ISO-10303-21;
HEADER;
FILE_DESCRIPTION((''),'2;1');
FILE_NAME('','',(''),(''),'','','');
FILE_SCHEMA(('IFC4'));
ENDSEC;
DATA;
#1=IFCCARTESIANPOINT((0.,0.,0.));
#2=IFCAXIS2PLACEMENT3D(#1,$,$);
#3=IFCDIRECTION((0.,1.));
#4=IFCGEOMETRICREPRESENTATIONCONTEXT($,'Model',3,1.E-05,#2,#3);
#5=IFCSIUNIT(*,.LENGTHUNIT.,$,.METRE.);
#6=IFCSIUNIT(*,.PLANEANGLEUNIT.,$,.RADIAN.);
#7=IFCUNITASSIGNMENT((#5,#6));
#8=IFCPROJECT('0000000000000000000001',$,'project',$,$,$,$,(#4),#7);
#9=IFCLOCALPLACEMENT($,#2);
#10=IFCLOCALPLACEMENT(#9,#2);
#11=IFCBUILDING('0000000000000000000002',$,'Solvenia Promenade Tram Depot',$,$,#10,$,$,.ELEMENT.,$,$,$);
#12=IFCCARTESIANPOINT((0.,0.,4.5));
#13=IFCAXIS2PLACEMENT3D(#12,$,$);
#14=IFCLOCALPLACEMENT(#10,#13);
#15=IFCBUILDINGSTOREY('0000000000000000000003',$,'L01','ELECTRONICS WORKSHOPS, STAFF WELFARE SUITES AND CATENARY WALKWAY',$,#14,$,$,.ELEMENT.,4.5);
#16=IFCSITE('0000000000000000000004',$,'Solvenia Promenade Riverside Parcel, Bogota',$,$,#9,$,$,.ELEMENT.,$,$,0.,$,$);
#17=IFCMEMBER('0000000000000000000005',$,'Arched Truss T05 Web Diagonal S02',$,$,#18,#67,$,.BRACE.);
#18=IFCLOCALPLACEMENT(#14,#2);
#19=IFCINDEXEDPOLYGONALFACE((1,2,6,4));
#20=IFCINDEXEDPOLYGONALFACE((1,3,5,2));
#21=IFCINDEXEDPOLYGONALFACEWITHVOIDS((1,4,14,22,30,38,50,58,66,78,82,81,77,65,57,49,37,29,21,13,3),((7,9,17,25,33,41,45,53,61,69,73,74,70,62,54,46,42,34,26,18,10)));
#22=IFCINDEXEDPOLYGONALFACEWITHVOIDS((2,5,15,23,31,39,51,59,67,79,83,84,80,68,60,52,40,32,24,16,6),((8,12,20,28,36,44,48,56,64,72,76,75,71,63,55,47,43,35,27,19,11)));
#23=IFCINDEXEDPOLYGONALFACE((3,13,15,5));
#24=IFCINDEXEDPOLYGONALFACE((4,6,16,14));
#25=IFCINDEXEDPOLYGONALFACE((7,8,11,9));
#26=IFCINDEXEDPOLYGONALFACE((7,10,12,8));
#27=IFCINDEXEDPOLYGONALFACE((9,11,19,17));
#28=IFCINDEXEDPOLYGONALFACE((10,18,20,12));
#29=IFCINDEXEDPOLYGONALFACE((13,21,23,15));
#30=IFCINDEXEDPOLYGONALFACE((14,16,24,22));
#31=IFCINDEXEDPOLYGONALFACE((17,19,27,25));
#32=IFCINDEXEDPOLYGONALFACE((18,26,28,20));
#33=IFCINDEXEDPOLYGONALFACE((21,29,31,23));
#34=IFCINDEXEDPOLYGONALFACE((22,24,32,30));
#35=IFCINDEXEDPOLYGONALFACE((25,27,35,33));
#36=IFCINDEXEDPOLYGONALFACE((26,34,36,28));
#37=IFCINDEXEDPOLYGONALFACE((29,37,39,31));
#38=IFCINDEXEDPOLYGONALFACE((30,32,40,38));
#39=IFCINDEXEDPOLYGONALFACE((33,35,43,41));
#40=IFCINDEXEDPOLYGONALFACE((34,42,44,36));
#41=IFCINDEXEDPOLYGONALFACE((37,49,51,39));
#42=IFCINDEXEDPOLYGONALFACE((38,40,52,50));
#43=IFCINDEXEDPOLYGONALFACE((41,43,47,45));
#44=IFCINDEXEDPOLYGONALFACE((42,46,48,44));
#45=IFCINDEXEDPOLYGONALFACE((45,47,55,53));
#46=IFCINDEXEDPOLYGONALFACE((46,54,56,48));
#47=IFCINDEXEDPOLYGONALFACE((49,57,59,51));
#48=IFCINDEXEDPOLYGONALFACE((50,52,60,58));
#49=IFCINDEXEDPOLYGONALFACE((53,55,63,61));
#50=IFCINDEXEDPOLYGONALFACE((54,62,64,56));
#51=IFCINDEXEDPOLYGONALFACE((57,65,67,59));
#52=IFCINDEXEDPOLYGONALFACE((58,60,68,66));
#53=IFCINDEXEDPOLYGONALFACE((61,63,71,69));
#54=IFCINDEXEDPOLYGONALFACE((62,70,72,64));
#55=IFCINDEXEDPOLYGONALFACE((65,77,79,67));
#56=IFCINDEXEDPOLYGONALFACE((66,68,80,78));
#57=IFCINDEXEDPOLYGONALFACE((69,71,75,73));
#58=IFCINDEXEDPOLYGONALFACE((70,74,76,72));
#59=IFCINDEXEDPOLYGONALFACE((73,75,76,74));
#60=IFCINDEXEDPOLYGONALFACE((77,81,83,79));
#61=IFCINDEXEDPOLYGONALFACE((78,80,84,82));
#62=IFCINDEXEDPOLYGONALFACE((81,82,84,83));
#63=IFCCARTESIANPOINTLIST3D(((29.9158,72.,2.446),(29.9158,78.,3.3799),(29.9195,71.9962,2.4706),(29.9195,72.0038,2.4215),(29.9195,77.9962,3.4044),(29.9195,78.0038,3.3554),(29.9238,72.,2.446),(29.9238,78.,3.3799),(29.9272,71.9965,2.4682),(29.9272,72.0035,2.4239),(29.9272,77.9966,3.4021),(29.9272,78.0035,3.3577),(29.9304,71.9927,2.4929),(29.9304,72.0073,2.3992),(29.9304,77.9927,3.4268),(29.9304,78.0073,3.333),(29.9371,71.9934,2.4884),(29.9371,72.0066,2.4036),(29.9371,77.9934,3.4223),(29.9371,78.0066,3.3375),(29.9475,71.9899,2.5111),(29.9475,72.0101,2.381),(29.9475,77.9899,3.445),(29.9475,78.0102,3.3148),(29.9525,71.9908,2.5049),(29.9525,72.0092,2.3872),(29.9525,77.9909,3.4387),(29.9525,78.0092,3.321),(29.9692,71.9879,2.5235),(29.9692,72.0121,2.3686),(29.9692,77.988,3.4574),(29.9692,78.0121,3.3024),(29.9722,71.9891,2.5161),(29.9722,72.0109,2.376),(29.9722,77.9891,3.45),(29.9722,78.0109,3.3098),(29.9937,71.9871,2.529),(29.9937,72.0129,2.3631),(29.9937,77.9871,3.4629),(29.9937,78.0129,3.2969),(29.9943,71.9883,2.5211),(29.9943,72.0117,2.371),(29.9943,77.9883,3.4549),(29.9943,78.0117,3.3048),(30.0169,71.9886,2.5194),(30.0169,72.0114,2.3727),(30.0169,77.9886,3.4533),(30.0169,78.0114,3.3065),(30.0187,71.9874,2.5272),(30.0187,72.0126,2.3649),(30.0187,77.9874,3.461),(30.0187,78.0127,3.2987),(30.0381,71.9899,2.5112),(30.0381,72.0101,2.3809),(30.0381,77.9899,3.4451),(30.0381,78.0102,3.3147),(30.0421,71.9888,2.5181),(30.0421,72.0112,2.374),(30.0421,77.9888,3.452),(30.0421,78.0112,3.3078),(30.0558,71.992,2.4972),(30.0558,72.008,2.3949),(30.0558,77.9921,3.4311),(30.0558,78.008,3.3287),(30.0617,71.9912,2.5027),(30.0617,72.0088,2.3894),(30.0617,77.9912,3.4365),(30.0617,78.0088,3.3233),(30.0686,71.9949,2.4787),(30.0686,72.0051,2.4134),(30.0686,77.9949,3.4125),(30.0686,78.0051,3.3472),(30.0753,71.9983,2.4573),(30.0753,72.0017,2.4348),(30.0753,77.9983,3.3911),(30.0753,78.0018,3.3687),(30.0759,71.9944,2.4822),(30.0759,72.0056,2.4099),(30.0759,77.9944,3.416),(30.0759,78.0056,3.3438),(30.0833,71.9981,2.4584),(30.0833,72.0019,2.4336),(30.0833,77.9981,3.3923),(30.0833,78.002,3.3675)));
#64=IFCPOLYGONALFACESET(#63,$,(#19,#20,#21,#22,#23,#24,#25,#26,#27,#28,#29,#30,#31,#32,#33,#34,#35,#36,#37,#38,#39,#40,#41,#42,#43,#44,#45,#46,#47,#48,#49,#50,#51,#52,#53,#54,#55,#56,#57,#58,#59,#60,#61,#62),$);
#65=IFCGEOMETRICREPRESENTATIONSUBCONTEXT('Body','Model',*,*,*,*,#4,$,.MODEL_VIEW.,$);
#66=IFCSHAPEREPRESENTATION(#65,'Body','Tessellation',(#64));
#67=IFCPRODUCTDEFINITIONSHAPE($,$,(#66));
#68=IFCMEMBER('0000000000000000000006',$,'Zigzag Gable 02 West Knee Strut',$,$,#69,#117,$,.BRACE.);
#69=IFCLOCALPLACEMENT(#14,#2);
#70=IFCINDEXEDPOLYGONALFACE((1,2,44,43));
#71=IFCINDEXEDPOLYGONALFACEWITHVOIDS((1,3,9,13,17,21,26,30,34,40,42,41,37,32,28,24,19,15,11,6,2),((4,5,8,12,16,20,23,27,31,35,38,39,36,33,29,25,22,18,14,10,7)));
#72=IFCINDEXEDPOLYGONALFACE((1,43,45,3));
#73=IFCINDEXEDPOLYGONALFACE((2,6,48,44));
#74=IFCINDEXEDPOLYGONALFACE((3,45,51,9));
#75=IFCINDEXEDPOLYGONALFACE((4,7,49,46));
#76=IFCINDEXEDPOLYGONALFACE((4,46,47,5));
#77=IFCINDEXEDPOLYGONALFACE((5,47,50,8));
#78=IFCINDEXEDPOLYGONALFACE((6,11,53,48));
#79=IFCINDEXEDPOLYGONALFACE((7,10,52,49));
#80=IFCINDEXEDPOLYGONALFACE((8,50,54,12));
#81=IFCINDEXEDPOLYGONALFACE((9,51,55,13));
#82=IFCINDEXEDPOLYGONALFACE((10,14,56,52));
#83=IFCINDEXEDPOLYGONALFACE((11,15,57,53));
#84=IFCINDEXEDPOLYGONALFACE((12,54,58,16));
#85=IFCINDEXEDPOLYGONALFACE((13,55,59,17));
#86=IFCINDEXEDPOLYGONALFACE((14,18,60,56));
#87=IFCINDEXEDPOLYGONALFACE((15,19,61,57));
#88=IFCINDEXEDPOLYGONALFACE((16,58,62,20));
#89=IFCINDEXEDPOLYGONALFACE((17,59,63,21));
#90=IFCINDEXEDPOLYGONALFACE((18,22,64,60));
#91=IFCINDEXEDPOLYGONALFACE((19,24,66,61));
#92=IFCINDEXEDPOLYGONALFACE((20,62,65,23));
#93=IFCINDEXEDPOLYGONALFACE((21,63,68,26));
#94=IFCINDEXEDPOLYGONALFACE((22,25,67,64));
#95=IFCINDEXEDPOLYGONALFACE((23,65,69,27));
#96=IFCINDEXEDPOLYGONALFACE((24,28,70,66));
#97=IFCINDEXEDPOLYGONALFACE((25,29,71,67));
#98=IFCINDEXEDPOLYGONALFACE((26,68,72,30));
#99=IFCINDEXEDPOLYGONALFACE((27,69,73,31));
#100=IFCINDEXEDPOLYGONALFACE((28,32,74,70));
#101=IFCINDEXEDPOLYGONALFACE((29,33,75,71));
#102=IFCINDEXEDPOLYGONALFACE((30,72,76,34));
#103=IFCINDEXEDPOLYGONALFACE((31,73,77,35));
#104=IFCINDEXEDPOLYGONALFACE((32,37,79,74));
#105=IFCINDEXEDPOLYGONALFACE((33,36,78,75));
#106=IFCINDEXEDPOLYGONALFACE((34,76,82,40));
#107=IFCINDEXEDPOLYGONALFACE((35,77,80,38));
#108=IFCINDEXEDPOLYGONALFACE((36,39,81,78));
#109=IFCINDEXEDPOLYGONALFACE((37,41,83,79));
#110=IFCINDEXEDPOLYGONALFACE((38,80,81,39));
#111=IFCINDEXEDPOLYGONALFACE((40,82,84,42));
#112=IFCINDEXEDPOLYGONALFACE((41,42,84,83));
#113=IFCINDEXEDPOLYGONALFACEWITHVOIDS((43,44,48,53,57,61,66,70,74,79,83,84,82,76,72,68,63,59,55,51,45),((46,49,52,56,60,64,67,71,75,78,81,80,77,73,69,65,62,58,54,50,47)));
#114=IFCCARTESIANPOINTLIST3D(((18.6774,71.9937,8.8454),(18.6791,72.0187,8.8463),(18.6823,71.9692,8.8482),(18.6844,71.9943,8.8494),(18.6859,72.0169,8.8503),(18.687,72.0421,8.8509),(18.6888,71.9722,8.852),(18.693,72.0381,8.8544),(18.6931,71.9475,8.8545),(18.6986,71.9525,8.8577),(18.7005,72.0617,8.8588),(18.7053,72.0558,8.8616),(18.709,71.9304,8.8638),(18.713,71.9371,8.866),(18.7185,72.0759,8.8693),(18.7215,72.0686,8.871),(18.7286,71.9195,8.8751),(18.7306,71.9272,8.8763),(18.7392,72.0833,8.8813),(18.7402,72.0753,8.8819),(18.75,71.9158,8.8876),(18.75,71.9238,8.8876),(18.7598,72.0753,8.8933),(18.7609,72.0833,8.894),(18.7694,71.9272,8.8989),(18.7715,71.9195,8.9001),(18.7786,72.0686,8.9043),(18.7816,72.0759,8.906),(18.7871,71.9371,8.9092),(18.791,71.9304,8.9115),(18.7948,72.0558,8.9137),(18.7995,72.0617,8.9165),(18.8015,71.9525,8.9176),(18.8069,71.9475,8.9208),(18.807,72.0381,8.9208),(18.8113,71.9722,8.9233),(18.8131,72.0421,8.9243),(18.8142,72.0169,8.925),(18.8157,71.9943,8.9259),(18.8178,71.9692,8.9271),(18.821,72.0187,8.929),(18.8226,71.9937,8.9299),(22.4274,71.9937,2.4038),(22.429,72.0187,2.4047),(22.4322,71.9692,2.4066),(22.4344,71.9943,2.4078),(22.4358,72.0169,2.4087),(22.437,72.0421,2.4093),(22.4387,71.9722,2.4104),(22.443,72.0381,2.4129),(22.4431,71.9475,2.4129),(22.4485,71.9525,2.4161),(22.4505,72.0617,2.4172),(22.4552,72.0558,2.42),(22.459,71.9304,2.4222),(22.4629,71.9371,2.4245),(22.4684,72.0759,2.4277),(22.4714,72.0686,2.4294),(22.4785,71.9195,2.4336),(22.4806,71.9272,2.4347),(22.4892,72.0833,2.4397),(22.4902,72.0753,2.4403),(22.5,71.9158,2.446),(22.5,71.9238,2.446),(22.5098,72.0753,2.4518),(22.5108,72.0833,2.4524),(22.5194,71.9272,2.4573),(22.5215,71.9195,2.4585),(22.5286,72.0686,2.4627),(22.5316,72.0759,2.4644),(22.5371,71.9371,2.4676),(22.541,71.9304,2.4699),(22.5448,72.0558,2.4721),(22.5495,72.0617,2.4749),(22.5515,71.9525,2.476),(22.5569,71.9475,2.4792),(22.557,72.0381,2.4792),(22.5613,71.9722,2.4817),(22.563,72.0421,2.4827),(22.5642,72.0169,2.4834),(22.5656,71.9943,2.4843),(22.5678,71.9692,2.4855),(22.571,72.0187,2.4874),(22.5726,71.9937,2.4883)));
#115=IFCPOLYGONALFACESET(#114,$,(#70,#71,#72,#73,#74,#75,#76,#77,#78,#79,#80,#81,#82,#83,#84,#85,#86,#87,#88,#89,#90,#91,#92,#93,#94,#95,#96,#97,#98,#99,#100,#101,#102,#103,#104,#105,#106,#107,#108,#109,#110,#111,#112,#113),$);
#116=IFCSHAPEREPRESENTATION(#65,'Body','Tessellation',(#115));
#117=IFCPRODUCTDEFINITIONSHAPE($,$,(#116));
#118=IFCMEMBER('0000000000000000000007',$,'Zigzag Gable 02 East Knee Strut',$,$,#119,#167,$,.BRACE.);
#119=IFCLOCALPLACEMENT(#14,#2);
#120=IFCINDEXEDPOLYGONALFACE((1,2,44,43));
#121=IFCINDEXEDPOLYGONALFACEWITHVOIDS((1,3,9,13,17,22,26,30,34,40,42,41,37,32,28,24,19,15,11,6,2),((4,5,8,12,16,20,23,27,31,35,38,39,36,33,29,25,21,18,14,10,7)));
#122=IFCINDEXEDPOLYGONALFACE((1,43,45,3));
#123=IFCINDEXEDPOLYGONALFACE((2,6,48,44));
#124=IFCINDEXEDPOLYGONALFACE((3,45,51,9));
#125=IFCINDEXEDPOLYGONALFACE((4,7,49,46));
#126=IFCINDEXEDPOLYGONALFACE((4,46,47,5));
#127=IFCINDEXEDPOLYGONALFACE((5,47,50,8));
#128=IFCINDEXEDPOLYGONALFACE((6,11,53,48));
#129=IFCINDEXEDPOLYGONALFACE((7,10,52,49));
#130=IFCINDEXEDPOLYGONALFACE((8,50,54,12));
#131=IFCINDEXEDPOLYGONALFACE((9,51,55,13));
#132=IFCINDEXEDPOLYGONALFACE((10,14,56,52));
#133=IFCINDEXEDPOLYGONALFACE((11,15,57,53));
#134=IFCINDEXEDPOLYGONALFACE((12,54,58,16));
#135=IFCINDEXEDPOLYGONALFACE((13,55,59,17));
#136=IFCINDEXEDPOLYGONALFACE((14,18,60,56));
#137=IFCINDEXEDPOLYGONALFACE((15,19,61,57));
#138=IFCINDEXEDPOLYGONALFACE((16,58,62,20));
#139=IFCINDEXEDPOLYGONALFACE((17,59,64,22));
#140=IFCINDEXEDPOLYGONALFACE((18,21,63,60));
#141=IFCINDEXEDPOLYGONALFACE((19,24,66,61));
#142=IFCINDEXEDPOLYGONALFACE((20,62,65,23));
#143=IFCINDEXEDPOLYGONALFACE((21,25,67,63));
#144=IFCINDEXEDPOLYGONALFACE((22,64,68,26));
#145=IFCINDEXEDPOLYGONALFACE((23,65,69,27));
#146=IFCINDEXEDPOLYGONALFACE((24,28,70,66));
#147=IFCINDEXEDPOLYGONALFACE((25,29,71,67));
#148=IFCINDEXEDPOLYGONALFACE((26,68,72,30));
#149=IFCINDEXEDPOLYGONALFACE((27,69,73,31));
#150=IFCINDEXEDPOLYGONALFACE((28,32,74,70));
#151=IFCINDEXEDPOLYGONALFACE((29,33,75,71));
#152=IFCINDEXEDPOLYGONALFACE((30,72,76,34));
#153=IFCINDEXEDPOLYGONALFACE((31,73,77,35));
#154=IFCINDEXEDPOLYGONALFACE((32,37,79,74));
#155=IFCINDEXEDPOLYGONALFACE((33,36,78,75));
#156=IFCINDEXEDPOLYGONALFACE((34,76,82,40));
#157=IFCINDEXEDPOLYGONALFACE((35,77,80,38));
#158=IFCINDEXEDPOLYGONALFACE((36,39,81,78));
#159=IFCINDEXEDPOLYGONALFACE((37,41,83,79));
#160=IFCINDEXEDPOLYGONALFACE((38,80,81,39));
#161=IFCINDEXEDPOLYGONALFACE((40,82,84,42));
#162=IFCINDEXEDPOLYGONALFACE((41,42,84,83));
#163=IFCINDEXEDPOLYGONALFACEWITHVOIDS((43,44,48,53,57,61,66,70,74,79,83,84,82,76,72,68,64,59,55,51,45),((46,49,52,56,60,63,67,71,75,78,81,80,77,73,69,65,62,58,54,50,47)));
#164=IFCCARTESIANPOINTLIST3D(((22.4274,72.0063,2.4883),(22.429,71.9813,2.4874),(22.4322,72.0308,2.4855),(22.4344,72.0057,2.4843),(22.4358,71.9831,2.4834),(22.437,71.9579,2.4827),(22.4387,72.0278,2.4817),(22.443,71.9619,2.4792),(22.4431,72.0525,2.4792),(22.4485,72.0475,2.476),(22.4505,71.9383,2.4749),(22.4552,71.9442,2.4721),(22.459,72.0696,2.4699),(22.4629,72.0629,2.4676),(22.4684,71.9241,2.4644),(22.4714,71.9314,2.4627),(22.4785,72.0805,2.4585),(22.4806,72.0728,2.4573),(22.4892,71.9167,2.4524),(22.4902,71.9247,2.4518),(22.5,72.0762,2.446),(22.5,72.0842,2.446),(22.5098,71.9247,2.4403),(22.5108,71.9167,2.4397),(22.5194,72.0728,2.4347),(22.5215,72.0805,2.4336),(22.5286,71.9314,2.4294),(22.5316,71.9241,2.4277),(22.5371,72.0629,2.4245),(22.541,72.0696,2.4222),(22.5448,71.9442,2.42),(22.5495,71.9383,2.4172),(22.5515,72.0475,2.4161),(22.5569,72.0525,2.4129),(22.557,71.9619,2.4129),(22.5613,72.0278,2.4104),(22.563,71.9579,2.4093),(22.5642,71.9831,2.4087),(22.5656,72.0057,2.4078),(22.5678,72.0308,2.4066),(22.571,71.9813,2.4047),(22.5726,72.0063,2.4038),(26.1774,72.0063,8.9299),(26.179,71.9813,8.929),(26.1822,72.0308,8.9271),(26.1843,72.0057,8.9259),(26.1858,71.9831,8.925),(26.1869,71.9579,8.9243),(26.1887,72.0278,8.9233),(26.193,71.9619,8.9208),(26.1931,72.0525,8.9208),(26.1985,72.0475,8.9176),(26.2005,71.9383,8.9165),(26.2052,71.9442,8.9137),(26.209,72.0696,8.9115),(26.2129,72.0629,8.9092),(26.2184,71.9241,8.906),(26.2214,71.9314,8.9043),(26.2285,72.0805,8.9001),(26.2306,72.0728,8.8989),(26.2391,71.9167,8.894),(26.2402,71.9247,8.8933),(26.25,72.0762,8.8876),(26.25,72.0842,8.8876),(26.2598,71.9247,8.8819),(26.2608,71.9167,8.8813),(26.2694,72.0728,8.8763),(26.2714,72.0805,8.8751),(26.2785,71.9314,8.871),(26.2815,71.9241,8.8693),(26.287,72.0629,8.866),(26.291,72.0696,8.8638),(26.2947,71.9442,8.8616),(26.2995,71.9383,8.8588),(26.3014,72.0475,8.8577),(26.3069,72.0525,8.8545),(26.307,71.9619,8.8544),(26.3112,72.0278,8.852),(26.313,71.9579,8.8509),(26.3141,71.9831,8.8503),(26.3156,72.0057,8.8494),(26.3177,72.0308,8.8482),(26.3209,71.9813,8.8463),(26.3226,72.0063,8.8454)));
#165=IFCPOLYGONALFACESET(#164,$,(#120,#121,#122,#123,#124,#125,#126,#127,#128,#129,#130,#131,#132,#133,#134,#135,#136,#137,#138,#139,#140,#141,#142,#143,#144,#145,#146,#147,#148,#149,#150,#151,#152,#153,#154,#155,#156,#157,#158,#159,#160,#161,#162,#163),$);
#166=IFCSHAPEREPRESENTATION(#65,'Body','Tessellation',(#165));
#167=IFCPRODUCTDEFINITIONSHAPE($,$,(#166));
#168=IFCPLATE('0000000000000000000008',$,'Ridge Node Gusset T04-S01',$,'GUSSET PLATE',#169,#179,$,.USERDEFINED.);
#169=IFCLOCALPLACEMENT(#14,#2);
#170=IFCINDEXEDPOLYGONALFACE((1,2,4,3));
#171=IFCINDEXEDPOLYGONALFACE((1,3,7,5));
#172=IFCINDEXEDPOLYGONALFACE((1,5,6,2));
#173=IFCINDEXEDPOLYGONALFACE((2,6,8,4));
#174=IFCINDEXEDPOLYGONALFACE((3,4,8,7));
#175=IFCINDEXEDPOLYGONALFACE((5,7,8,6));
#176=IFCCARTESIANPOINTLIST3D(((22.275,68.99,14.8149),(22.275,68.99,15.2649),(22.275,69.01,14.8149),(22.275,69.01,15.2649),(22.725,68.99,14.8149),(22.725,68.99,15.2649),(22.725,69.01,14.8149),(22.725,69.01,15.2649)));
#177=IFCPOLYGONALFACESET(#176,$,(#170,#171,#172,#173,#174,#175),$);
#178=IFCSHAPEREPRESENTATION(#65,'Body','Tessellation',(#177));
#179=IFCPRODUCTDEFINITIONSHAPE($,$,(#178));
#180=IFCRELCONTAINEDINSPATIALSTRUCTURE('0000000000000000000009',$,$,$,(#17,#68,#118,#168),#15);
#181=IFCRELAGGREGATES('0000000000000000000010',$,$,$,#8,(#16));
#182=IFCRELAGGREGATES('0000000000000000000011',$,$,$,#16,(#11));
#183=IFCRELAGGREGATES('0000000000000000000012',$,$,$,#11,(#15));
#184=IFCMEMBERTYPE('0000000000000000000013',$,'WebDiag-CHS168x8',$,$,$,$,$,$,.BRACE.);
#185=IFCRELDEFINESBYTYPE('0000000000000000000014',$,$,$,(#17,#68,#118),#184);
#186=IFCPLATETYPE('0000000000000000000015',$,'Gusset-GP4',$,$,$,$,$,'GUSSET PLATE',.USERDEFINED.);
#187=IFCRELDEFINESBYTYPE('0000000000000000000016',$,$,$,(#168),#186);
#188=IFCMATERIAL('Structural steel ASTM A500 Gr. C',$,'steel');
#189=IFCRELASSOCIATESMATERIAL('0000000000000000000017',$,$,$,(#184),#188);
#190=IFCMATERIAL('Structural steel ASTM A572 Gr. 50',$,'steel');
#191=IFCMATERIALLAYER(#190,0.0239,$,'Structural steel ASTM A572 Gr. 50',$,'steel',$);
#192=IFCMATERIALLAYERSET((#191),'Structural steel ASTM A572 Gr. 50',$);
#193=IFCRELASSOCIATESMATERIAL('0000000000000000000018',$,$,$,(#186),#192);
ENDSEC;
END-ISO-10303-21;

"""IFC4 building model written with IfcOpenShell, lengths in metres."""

from ifc_helpers import new_model, si_unit, direction, frame, origin, origin_2d, place, context, subcontext, project, spatial, rectangle, hollow_circle, extrude, material, layer, layer_set, material_profile, profile_set, type_object, element, save


model = new_model("IFC4")

# Units and contexts
model_context = context("Model", 3, precision=1e-05, world=origin(), true_north=direction((0.0, 1.0)))
body_context = subcontext(model_context, "Body", "Model", "MODEL_VIEW")
ifc_project = project(units=[si_unit("LENGTHUNIT", "METRE"), si_unit("PLANEANGLEUNIT", "RADIAN")], contexts=[model_context])

# Site, building, storey
site_placement = place(None, origin())
site = spatial("IfcSite", under=ifc_project, at=site_placement, Name="Solvenia Promenade Riverside Parcel, Bogota", CompositionType="ELEMENT", RefElevation=0.0)
building_placement = place(site_placement, origin())
building = spatial("IfcBuilding", under=site, at=building_placement, Name="Solvenia Promenade Tram Depot", CompositionType="ELEMENT")
storey_placement = place(building_placement, frame((0.0, 0.0, 4.5)))
storey = spatial("IfcBuildingStorey", under=building, at=storey_placement, Name="L01", Description="ELECTRONICS WORKSHOPS, STAFF WELFARE SUITES AND CATENARY WALKWAY", CompositionType="ELEMENT", Elevation=4.5)

# Shared definitions
ifc_material_1 = material(Name="Structural steel ASTM A500 Gr. C", Category="steel")

# Members
ifc_material_profile_1 = material_profile(ifc_material_1, hollow_circle(Radius=0.0842, WallThickness=0.0081, at=origin_2d()), Name="CHS168.3x8", Category="steel")
ifc_profile_set_1 = profile_set([ifc_material_profile_1], Name="Structural steel ASTM A500 Gr. C")
member_type_1 = type_object("IfcMemberType", Name="WebDiag-CHS168x8", PredefinedType="BRACE", material=ifc_profile_set_1)
member_1_placement = place(storey_placement, frame((30.0, 72.0, 2.446), z_axis=(0.0, 0.988104, 0.153788), x_axis=(-1.0, 0.0, 0.0)))
element("IfcMember", 1, at=member_1_placement, inside=storey, type_object=member_type_1, Name="Arched Truss T05 Web Diagonal S02", PredefinedType="BRACE", context=body_context, shape_type="SweptSolid", body=[
    extrude(hollow_circle(Radius=0.0842, WallThickness=0.0081, at=origin_2d()), origin(), (0.0, 0.0, 1.0), 6.0723),
])
for number, where, z_axis, x_axis, name in (
    (2, (22.5, 72.0, 2.446), (-0.503107, 0.0, 0.864224), (0.0, -1.0, 0.0), "Zigzag Gable 02 West Knee Strut"),
    (3, (22.5, 72.0, 2.446), (0.503107, 0.0, 0.864224), (0.0, 1.0, 0.0), "Zigzag Gable 02 East Knee Strut"),
):
    element("IfcMember", number, at=place(storey_placement, frame(where, z_axis=z_axis, x_axis=x_axis)), inside=storey, type_object=member_type_1, Name=name, PredefinedType="BRACE", context=body_context, shape_type="SweptSolid", body=[
        extrude(hollow_circle(Radius=0.0842, WallThickness=0.0081, at=origin_2d()), origin(), (0.0, 0.0, 1.0), 7.4536),
    ])

# Plate
ifc_material_2 = material(Name="Structural steel ASTM A572 Gr. 50", Category="steel")
ifc_layer = layer(ifc_material_2, 0.0239, Name="Structural steel ASTM A572 Gr. 50", Category="steel")
ifc_layer_set = layer_set([ifc_layer], Name="Structural steel ASTM A572 Gr. 50")
plate_type = type_object("IfcPlateType", Name="Gusset-GP4", ElementType="GUSSET PLATE", PredefinedType="USERDEFINED", material=ifc_layer_set)
plate_placement = place(storey_placement, frame((22.5, 69.0, 14.8149), z_axis=(0.0, 0.0, 1.0), x_axis=(1.0, 0.0, 0.0)))
element("IfcPlate", 4, at=plate_placement, inside=storey, type_object=plate_type, Name="Ridge Node Gusset T04-S01", ObjectType="GUSSET PLATE", PredefinedType="USERDEFINED", context=body_context, shape_type="SweptSolid", body=[
    extrude(rectangle(XDim=0.45, YDim=0.02, at=origin_2d()), origin(), (0.0, 0.0, 1.0), 0.45),
])

save(model, "model.ifc")
